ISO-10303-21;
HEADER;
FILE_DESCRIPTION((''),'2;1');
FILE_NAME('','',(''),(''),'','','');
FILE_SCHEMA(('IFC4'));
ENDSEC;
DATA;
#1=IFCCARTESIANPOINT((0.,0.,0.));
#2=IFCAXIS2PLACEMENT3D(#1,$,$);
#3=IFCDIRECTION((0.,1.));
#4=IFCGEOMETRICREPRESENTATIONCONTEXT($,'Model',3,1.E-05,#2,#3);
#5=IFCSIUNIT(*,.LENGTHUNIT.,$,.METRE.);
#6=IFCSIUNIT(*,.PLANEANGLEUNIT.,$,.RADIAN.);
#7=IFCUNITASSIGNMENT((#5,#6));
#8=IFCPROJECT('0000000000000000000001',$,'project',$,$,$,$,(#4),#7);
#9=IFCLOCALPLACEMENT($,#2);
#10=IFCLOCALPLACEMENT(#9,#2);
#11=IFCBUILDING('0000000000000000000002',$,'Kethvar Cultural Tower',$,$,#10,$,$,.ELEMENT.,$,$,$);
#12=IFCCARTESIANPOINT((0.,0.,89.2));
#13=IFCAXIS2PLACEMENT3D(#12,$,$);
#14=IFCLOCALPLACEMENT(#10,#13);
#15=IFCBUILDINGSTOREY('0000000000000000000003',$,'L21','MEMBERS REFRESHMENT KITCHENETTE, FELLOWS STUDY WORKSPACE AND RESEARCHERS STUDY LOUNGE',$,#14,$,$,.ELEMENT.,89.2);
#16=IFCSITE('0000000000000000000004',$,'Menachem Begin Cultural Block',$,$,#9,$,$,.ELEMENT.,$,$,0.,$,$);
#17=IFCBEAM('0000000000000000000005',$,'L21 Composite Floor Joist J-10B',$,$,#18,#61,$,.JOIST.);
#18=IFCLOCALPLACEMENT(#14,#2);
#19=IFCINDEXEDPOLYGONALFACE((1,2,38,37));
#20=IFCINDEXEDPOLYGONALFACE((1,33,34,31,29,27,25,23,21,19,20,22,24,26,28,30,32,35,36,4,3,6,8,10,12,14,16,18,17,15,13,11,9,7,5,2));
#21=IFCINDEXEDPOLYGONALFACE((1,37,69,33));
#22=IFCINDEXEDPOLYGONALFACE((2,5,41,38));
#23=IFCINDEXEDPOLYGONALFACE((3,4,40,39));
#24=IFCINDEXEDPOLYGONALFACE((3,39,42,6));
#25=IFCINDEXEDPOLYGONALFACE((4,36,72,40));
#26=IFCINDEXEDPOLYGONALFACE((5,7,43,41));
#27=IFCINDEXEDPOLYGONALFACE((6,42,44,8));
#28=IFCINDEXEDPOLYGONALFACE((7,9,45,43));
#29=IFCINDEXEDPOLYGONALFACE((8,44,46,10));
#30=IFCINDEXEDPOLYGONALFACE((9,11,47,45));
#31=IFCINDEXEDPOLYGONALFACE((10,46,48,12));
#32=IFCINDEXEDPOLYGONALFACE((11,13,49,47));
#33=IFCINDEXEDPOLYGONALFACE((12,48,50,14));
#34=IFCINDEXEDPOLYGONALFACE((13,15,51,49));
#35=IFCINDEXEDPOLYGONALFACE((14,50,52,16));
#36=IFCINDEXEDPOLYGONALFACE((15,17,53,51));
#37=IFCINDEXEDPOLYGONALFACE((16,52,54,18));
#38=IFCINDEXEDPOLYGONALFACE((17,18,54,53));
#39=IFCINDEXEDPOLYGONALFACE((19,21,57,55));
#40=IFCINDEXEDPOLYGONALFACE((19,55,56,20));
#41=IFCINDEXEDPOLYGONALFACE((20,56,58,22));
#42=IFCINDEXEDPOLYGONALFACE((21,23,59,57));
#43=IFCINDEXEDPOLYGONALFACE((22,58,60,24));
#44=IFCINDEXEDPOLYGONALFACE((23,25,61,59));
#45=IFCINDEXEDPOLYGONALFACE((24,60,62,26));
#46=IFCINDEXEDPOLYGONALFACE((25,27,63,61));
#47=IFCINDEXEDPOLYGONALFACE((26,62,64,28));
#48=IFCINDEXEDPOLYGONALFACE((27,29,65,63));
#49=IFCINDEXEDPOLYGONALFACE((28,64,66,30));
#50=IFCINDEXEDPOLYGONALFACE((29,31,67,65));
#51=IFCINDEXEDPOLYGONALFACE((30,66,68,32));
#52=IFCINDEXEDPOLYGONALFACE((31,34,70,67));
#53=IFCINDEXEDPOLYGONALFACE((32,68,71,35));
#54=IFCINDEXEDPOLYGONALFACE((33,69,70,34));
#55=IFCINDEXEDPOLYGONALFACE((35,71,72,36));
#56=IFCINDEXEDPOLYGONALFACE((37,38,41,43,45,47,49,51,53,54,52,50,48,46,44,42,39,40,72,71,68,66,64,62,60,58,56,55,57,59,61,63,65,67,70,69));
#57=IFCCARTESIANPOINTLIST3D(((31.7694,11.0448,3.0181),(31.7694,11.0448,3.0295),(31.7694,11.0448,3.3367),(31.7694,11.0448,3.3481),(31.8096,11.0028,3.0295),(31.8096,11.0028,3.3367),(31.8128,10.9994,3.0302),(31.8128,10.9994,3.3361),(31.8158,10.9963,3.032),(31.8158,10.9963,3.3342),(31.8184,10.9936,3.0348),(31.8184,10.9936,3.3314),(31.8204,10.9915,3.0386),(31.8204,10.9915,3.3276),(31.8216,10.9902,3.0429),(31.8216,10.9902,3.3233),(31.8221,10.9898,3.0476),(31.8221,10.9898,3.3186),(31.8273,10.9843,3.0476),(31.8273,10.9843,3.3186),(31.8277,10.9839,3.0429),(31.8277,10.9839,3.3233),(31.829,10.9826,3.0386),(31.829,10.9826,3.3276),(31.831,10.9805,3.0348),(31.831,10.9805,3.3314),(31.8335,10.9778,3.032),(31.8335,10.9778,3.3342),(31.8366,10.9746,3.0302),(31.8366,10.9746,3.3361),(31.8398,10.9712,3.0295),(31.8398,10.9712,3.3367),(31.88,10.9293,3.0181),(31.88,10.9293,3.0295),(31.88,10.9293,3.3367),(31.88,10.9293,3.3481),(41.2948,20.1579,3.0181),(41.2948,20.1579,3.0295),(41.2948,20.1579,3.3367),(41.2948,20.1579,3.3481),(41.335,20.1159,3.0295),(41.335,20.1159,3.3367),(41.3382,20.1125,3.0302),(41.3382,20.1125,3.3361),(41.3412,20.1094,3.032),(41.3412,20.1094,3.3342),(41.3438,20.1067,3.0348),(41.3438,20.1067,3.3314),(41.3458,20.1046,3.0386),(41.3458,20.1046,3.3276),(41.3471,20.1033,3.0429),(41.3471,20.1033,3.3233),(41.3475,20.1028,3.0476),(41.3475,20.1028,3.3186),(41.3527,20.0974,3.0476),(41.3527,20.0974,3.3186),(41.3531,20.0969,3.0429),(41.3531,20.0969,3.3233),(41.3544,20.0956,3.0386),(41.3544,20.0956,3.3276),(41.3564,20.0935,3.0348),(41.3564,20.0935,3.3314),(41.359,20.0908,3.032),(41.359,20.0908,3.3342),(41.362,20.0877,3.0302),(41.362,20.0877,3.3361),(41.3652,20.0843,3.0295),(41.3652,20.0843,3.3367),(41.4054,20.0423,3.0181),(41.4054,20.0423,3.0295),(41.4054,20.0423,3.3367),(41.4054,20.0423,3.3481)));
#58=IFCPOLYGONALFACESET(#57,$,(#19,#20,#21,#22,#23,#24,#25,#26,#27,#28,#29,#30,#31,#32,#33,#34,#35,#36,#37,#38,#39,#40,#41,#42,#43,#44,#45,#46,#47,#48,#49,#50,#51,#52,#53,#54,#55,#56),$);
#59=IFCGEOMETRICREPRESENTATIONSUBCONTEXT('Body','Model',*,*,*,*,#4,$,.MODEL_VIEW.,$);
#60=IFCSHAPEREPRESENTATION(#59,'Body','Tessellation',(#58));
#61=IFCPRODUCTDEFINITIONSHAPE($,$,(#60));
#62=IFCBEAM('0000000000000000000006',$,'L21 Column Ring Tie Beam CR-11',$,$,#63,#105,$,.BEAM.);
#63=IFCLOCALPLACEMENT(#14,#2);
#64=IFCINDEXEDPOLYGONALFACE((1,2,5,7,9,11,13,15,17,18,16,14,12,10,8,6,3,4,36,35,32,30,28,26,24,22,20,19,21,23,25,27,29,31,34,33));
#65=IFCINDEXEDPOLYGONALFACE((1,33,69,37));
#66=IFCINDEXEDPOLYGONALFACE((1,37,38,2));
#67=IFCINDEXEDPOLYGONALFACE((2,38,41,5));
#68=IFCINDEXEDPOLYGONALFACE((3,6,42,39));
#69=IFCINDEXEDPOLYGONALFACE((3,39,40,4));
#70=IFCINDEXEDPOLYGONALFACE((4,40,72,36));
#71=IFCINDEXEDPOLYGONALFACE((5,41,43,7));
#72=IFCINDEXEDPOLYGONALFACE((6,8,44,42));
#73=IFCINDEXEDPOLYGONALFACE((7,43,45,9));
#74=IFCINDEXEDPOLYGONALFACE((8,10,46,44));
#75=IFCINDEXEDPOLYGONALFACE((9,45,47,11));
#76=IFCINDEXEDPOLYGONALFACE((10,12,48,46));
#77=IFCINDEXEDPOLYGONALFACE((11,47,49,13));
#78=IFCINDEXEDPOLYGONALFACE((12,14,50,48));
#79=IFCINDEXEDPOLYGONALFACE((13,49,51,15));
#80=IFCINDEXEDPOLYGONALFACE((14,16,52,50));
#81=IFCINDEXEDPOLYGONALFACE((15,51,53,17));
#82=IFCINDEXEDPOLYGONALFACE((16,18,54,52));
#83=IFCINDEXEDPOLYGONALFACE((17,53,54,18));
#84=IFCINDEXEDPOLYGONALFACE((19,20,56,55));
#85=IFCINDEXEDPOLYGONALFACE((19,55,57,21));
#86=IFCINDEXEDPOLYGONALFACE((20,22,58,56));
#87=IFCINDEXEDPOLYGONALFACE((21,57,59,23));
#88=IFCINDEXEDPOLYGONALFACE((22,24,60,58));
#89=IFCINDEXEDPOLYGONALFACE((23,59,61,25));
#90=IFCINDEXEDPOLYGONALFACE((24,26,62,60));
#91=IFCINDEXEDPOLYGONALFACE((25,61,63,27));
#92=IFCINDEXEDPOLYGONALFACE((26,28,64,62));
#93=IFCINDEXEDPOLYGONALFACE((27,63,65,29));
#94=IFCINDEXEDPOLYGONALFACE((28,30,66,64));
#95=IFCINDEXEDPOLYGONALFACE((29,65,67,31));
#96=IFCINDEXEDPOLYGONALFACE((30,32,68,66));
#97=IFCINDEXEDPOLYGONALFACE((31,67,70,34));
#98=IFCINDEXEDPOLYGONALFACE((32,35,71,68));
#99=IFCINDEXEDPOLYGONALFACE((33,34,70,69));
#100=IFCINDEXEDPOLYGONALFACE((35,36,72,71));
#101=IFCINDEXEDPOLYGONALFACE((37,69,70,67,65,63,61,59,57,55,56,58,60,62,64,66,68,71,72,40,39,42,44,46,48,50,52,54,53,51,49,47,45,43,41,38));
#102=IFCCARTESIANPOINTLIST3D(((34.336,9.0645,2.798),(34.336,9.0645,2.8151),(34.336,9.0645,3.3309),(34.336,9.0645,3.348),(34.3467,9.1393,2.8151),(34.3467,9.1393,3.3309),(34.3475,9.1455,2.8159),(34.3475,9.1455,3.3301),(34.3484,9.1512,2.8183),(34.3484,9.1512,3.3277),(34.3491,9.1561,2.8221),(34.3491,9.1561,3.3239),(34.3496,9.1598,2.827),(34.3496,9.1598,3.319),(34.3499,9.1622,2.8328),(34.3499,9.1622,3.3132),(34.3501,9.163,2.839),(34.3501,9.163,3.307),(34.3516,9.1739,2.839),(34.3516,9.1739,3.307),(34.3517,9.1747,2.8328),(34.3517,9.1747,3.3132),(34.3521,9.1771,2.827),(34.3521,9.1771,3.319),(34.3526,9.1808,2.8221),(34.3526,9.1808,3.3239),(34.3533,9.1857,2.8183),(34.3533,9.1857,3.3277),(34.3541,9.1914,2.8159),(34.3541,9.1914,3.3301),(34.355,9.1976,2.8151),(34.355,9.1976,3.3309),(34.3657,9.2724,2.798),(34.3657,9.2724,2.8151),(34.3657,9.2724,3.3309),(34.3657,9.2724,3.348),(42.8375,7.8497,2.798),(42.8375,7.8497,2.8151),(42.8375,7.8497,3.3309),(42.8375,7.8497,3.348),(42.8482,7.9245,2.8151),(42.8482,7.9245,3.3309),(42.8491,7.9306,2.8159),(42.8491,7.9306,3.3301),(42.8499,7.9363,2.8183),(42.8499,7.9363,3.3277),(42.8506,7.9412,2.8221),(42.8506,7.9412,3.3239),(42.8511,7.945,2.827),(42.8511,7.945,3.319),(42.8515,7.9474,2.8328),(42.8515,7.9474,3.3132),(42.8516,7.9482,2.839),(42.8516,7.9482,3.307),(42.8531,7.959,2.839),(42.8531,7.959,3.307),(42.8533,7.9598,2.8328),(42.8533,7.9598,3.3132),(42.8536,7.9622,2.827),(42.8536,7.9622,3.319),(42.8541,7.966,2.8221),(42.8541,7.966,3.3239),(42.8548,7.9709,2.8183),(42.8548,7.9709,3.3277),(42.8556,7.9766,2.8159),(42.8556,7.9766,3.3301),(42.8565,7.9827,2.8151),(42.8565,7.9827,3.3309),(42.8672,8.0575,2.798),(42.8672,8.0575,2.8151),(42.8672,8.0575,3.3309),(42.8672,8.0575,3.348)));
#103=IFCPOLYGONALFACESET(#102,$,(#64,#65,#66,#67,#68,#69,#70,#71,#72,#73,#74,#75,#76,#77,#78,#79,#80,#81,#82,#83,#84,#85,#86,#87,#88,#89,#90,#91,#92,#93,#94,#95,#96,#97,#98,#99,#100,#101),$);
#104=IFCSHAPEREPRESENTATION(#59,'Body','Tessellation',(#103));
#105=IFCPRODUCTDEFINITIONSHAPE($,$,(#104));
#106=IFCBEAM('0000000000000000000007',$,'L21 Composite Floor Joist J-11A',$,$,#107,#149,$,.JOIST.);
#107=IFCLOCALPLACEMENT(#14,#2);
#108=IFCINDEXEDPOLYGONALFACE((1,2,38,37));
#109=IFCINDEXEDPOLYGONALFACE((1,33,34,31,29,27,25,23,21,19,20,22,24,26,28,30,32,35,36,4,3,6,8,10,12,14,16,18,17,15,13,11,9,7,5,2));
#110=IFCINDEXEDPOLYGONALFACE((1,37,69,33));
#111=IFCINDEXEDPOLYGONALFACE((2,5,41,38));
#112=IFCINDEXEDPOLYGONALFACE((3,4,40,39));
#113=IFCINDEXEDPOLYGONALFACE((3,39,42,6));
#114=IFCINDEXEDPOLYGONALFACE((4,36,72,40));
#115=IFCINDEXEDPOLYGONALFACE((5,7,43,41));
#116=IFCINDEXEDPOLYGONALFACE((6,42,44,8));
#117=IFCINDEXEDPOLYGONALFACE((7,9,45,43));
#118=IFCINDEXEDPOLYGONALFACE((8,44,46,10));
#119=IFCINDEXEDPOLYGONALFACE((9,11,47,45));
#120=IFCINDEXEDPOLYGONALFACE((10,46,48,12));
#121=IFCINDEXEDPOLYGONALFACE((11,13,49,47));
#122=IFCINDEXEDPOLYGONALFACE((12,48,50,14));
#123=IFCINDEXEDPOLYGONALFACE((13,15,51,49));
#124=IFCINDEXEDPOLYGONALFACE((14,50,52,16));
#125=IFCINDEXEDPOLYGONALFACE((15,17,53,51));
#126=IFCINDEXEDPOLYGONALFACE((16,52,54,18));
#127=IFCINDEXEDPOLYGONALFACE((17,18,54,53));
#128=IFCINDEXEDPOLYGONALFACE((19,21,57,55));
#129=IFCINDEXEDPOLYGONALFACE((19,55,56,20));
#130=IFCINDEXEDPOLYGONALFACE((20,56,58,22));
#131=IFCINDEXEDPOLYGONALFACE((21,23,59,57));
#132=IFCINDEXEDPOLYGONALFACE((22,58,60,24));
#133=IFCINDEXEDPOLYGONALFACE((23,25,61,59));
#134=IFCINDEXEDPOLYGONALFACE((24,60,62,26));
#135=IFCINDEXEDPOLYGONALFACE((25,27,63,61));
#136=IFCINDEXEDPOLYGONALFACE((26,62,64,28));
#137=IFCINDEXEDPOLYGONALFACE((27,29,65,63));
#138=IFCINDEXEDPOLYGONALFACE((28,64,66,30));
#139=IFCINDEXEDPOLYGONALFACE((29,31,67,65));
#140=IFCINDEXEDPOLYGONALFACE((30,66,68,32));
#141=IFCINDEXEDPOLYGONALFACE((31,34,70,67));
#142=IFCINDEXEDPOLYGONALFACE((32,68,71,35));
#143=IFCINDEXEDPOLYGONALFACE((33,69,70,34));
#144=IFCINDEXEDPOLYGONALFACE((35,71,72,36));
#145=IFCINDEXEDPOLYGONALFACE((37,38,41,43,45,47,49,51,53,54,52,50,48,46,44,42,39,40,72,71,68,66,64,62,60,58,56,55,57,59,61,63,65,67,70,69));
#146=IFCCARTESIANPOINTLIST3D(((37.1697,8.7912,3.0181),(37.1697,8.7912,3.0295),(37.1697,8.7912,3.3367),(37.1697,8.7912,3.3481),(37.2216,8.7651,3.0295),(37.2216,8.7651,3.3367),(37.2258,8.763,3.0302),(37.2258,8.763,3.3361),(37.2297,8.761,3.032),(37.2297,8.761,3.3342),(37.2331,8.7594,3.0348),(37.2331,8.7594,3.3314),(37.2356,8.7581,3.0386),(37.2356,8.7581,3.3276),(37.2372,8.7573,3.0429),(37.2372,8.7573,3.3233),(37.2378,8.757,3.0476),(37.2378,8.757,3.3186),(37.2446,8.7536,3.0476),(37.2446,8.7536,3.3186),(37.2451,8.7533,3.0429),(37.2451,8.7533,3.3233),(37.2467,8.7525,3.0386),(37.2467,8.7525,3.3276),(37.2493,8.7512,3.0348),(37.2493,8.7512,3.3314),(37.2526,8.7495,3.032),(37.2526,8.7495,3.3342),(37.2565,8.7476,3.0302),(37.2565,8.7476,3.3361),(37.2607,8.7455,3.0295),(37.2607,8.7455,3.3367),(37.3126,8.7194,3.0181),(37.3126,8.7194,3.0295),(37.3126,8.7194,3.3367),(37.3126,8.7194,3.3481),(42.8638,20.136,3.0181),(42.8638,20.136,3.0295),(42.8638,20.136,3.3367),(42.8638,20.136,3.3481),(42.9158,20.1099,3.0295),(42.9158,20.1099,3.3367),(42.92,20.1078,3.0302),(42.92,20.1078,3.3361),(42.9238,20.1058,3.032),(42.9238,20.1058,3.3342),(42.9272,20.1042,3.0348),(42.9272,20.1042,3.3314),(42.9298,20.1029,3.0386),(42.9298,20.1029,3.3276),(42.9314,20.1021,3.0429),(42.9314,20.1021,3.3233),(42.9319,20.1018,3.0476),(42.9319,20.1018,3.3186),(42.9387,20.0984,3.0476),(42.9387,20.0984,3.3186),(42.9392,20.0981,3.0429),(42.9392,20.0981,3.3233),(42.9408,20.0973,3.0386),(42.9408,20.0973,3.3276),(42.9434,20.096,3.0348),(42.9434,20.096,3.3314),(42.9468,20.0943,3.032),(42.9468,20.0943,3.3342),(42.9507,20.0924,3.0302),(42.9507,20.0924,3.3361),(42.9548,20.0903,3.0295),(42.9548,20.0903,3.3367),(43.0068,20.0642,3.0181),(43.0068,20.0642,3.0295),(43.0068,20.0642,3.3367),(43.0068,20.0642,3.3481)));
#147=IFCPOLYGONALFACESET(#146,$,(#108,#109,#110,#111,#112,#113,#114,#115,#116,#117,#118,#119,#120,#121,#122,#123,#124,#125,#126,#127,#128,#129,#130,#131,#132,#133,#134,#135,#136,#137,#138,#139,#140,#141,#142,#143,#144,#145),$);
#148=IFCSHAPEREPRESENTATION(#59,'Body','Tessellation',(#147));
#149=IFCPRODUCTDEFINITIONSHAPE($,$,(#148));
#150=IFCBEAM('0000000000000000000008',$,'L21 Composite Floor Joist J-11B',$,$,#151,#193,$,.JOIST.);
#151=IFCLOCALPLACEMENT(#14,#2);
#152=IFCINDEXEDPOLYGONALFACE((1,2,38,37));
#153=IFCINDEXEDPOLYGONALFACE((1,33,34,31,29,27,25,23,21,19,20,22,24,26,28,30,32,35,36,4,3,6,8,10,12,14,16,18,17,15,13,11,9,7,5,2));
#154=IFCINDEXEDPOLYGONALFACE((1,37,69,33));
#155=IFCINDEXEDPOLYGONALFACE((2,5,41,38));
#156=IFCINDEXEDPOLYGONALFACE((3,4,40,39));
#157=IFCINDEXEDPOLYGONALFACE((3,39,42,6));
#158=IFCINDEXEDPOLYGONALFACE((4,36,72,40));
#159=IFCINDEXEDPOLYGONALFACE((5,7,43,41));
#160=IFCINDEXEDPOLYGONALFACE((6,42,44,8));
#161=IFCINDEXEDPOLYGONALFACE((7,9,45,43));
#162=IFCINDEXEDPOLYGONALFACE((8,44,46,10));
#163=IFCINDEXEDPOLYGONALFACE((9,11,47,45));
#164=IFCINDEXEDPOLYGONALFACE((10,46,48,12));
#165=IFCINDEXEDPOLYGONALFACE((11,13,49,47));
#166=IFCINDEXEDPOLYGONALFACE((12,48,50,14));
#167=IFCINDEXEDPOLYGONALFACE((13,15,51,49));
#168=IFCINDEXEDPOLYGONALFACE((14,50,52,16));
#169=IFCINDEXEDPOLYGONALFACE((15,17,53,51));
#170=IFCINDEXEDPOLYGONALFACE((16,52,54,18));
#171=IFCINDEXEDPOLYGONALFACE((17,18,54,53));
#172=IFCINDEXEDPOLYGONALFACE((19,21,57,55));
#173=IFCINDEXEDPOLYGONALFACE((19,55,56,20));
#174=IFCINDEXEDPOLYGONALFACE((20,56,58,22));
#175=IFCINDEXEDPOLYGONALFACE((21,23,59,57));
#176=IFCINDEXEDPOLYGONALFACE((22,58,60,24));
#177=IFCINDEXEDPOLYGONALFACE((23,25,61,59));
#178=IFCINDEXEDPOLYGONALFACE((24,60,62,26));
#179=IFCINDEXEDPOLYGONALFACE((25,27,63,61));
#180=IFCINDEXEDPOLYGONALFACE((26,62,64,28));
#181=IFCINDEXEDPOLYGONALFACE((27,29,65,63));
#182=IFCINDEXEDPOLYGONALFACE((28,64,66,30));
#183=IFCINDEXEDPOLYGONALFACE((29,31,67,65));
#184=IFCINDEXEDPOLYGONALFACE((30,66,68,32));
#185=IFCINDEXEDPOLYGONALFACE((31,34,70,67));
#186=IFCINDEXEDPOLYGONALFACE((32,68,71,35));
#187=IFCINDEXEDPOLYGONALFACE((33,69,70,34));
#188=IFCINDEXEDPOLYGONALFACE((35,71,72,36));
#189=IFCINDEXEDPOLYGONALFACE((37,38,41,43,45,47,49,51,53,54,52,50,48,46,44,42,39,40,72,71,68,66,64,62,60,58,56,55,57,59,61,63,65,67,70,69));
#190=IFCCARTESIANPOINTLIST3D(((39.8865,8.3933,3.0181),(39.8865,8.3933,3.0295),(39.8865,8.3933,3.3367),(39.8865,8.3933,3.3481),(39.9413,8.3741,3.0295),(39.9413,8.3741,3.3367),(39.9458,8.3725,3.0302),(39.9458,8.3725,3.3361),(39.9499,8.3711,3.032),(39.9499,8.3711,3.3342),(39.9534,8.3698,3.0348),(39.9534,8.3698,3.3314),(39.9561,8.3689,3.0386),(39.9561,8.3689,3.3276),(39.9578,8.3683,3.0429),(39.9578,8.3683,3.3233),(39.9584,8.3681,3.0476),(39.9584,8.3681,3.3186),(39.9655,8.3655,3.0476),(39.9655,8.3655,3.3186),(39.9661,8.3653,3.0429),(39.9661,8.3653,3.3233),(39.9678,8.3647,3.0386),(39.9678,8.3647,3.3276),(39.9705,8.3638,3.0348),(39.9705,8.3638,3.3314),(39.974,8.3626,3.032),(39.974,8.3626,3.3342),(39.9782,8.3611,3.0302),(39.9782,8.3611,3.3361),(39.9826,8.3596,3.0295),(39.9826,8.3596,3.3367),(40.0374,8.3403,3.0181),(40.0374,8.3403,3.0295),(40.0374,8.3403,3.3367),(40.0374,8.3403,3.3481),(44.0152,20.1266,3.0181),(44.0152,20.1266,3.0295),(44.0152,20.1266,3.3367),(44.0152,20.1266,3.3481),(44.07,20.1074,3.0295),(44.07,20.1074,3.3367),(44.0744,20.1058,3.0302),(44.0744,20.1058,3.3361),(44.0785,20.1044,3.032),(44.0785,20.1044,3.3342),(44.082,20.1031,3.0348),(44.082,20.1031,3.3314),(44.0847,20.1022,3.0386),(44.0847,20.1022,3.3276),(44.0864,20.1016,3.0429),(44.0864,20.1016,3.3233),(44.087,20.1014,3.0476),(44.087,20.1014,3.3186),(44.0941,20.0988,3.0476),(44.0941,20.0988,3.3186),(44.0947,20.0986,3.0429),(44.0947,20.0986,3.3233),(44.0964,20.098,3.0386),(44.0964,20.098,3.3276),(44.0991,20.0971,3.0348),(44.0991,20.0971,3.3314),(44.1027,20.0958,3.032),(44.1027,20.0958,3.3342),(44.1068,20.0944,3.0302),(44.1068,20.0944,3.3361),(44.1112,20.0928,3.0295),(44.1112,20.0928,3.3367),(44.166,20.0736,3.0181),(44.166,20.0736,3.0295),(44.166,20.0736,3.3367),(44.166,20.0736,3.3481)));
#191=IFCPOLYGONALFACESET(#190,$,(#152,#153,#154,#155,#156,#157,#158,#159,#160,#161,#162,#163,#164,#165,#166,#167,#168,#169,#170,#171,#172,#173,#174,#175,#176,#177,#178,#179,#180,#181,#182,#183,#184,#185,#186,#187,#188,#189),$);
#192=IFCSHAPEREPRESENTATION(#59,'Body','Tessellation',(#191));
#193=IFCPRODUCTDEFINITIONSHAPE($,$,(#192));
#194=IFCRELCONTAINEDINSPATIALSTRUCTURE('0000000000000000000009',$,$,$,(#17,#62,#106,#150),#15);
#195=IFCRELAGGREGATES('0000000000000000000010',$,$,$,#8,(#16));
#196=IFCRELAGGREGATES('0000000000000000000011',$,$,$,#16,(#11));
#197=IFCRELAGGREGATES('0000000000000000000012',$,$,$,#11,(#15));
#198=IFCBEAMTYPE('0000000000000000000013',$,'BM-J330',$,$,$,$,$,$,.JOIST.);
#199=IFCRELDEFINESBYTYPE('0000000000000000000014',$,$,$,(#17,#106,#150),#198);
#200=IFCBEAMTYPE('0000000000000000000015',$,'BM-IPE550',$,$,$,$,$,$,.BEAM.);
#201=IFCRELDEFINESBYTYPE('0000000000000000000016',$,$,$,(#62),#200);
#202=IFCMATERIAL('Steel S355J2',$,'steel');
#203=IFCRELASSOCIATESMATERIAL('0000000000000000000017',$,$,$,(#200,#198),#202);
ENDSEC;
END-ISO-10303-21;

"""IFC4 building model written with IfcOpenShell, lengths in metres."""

from ifc_helpers import new_model, si_unit, direction, frame, origin, origin_2d, place, context, subcontext, project, spatial, i_section, extrude, source, transform, mapped, material, material_profile, profile_set, type_object, element, save


model = new_model("IFC4")

# Units and contexts
model_context = context("Model", 3, precision=1e-05, world=origin(), true_north=direction((0.0, 1.0)))
body_context = subcontext(model_context, "Body", "Model", "MODEL_VIEW")
ifc_project = project(units=[si_unit("LENGTHUNIT", "METRE"), si_unit("PLANEANGLEUNIT", "RADIAN")], contexts=[model_context])

# Site, building, storey
site_placement = place(None, origin())
site = spatial("IfcSite", under=ifc_project, at=site_placement, Name="Menachem Begin Cultural Block", CompositionType="ELEMENT", RefElevation=0.0)
building_placement = place(site_placement, origin())
building = spatial("IfcBuilding", under=site, at=building_placement, Name="Kethvar Cultural Tower", CompositionType="ELEMENT")
storey_placement = place(building_placement, frame((0.0, 0.0, 89.2)))
storey = spatial("IfcBuildingStorey", under=building, at=storey_placement, Name="L21", Description="MEMBERS REFRESHMENT KITCHENETTE, FELLOWS STUDY WORKSPACE AND RESEARCHERS STUDY LOUNGE", CompositionType="ELEMENT", Elevation=89.2)

# Beams
ifc_material_1 = material(Name="Steel S355J2", Category="steel")
ifc_material_profile_1 = material_profile(ifc_material_1, i_section(OverallWidth=0.21, OverallDepth=0.55, WebThickness=0.011, FlangeThickness=0.0171, FilletRadius=0.0239, at=origin_2d()), Name="Steel S355J2 — IPE550")
ifc_profile_set_1 = profile_set([ifc_material_profile_1], Name="Steel S355J2 — IPE550")
beam_type_1 = type_object("IfcBeamType", Name="BM-IPE550", PredefinedType="BEAM", material=ifc_profile_set_1)
ifc_material_profile_2 = material_profile(ifc_material_1, i_section(OverallWidth=0.1599, OverallDepth=0.3301, WebThickness=0.0076, FlangeThickness=0.0115, FilletRadius=0.0181, at=origin_2d()), Name="Steel S355J2 — IPE330")
ifc_profile_set_2 = profile_set([ifc_material_profile_2], Name="Steel S355J2 — IPE330")
beam_type_2 = type_object("IfcBeamType", Name="BM-J330", PredefinedType="JOIST", material=ifc_profile_set_2)
shared_shape_1 = source(origin(), body_context, "Body", "SweptSolid", [
    extrude(i_section(OverallWidth=0.1599, OverallDepth=0.3301, WebThickness=0.0076, FlangeThickness=0.0115, FilletRadius=0.0181, at=origin_2d()), origin(), (0.0, 0.0, 1.0), 13.1826),
])
beam_1_placement = place(storey_placement, frame((41.3501, 20.1001, 3.1831), z_axis=(-0.722574, -0.691294, 0.0), x_axis=(0.691294, -0.722574, 0.0)))
element("IfcBeam", 1, at=beam_1_placement, inside=storey, type_object=beam_type_2, Name="L21 Composite Floor Joist J-10B", PredefinedType="JOIST", context=body_context, shape_type="MappedRepresentation", body=[
    mapped(shared_shape_1, transform((0.0, 0.0, 0.0), scale=1.0)),
])
shared_shape_2 = source(origin(), body_context, "Body", "SweptSolid", [
    extrude(i_section(OverallWidth=0.21, OverallDepth=0.55, WebThickness=0.011, FlangeThickness=0.0171, FilletRadius=0.0239, at=origin_2d()), origin(), (0.0, 0.0, 1.0), 8.5879),
])
beam_2_placement = place(storey_placement, frame((34.3508, 9.1685, 3.073), z_axis=(0.989944, -0.141461, 0.0), x_axis=(0.141461, 0.989944, 0.0)))
element("IfcBeam", 2, at=beam_2_placement, inside=storey, type_object=beam_type_1, Name="L21 Column Ring Tie Beam CR-11", PredefinedType="BEAM", context=body_context, shape_type="MappedRepresentation", body=[
    mapped(shared_shape_2, transform((0.0, 0.0, 0.0), scale=1.0)),
])
shared_shape_3 = source(origin(), body_context, "Body", "SweptSolid", [
    extrude(i_section(OverallWidth=0.1599, OverallDepth=0.3301, WebThickness=0.0076, FlangeThickness=0.0115, FilletRadius=0.0181, at=origin_2d()), origin(), (0.0, 0.0, 1.0), 12.6936),
])
beam_3_placement = place(storey_placement, frame((42.9353, 20.1001, 3.1831), z_axis=(-0.448582, -0.893741, 0.0), x_axis=(0.893741, -0.448582, 0.0)))
element("IfcBeam", 3, at=beam_3_placement, inside=storey, type_object=beam_type_2, Name="L21 Composite Floor Joist J-11A", PredefinedType="JOIST", context=body_context, shape_type="MappedRepresentation", body=[
    mapped(shared_shape_3, transform((0.0, 0.0, 0.0), scale=1.0)),
])
shared_shape_4 = source(origin(), body_context, "Body", "SweptSolid", [
    extrude(i_section(OverallWidth=0.1599, OverallDepth=0.3301, WebThickness=0.0076, FlangeThickness=0.0115, FilletRadius=0.0181, at=origin_2d()), origin(), (0.0, 0.0, 1.0), 12.4385),
])
beam_4_placement = place(storey_placement, frame((44.0906, 20.1001, 3.1831), z_axis=(-0.331924, -0.943306, 0.0), x_axis=(0.943306, -0.331924, 0.0)))
element("IfcBeam", 4, at=beam_4_placement, inside=storey, type_object=beam_type_2, Name="L21 Composite Floor Joist J-11B", PredefinedType="JOIST", context=body_context, shape_type="MappedRepresentation", body=[
    mapped(shared_shape_4, transform((0.0, 0.0, 0.0), scale=1.0)),
])

save(model, "model.ifc")
